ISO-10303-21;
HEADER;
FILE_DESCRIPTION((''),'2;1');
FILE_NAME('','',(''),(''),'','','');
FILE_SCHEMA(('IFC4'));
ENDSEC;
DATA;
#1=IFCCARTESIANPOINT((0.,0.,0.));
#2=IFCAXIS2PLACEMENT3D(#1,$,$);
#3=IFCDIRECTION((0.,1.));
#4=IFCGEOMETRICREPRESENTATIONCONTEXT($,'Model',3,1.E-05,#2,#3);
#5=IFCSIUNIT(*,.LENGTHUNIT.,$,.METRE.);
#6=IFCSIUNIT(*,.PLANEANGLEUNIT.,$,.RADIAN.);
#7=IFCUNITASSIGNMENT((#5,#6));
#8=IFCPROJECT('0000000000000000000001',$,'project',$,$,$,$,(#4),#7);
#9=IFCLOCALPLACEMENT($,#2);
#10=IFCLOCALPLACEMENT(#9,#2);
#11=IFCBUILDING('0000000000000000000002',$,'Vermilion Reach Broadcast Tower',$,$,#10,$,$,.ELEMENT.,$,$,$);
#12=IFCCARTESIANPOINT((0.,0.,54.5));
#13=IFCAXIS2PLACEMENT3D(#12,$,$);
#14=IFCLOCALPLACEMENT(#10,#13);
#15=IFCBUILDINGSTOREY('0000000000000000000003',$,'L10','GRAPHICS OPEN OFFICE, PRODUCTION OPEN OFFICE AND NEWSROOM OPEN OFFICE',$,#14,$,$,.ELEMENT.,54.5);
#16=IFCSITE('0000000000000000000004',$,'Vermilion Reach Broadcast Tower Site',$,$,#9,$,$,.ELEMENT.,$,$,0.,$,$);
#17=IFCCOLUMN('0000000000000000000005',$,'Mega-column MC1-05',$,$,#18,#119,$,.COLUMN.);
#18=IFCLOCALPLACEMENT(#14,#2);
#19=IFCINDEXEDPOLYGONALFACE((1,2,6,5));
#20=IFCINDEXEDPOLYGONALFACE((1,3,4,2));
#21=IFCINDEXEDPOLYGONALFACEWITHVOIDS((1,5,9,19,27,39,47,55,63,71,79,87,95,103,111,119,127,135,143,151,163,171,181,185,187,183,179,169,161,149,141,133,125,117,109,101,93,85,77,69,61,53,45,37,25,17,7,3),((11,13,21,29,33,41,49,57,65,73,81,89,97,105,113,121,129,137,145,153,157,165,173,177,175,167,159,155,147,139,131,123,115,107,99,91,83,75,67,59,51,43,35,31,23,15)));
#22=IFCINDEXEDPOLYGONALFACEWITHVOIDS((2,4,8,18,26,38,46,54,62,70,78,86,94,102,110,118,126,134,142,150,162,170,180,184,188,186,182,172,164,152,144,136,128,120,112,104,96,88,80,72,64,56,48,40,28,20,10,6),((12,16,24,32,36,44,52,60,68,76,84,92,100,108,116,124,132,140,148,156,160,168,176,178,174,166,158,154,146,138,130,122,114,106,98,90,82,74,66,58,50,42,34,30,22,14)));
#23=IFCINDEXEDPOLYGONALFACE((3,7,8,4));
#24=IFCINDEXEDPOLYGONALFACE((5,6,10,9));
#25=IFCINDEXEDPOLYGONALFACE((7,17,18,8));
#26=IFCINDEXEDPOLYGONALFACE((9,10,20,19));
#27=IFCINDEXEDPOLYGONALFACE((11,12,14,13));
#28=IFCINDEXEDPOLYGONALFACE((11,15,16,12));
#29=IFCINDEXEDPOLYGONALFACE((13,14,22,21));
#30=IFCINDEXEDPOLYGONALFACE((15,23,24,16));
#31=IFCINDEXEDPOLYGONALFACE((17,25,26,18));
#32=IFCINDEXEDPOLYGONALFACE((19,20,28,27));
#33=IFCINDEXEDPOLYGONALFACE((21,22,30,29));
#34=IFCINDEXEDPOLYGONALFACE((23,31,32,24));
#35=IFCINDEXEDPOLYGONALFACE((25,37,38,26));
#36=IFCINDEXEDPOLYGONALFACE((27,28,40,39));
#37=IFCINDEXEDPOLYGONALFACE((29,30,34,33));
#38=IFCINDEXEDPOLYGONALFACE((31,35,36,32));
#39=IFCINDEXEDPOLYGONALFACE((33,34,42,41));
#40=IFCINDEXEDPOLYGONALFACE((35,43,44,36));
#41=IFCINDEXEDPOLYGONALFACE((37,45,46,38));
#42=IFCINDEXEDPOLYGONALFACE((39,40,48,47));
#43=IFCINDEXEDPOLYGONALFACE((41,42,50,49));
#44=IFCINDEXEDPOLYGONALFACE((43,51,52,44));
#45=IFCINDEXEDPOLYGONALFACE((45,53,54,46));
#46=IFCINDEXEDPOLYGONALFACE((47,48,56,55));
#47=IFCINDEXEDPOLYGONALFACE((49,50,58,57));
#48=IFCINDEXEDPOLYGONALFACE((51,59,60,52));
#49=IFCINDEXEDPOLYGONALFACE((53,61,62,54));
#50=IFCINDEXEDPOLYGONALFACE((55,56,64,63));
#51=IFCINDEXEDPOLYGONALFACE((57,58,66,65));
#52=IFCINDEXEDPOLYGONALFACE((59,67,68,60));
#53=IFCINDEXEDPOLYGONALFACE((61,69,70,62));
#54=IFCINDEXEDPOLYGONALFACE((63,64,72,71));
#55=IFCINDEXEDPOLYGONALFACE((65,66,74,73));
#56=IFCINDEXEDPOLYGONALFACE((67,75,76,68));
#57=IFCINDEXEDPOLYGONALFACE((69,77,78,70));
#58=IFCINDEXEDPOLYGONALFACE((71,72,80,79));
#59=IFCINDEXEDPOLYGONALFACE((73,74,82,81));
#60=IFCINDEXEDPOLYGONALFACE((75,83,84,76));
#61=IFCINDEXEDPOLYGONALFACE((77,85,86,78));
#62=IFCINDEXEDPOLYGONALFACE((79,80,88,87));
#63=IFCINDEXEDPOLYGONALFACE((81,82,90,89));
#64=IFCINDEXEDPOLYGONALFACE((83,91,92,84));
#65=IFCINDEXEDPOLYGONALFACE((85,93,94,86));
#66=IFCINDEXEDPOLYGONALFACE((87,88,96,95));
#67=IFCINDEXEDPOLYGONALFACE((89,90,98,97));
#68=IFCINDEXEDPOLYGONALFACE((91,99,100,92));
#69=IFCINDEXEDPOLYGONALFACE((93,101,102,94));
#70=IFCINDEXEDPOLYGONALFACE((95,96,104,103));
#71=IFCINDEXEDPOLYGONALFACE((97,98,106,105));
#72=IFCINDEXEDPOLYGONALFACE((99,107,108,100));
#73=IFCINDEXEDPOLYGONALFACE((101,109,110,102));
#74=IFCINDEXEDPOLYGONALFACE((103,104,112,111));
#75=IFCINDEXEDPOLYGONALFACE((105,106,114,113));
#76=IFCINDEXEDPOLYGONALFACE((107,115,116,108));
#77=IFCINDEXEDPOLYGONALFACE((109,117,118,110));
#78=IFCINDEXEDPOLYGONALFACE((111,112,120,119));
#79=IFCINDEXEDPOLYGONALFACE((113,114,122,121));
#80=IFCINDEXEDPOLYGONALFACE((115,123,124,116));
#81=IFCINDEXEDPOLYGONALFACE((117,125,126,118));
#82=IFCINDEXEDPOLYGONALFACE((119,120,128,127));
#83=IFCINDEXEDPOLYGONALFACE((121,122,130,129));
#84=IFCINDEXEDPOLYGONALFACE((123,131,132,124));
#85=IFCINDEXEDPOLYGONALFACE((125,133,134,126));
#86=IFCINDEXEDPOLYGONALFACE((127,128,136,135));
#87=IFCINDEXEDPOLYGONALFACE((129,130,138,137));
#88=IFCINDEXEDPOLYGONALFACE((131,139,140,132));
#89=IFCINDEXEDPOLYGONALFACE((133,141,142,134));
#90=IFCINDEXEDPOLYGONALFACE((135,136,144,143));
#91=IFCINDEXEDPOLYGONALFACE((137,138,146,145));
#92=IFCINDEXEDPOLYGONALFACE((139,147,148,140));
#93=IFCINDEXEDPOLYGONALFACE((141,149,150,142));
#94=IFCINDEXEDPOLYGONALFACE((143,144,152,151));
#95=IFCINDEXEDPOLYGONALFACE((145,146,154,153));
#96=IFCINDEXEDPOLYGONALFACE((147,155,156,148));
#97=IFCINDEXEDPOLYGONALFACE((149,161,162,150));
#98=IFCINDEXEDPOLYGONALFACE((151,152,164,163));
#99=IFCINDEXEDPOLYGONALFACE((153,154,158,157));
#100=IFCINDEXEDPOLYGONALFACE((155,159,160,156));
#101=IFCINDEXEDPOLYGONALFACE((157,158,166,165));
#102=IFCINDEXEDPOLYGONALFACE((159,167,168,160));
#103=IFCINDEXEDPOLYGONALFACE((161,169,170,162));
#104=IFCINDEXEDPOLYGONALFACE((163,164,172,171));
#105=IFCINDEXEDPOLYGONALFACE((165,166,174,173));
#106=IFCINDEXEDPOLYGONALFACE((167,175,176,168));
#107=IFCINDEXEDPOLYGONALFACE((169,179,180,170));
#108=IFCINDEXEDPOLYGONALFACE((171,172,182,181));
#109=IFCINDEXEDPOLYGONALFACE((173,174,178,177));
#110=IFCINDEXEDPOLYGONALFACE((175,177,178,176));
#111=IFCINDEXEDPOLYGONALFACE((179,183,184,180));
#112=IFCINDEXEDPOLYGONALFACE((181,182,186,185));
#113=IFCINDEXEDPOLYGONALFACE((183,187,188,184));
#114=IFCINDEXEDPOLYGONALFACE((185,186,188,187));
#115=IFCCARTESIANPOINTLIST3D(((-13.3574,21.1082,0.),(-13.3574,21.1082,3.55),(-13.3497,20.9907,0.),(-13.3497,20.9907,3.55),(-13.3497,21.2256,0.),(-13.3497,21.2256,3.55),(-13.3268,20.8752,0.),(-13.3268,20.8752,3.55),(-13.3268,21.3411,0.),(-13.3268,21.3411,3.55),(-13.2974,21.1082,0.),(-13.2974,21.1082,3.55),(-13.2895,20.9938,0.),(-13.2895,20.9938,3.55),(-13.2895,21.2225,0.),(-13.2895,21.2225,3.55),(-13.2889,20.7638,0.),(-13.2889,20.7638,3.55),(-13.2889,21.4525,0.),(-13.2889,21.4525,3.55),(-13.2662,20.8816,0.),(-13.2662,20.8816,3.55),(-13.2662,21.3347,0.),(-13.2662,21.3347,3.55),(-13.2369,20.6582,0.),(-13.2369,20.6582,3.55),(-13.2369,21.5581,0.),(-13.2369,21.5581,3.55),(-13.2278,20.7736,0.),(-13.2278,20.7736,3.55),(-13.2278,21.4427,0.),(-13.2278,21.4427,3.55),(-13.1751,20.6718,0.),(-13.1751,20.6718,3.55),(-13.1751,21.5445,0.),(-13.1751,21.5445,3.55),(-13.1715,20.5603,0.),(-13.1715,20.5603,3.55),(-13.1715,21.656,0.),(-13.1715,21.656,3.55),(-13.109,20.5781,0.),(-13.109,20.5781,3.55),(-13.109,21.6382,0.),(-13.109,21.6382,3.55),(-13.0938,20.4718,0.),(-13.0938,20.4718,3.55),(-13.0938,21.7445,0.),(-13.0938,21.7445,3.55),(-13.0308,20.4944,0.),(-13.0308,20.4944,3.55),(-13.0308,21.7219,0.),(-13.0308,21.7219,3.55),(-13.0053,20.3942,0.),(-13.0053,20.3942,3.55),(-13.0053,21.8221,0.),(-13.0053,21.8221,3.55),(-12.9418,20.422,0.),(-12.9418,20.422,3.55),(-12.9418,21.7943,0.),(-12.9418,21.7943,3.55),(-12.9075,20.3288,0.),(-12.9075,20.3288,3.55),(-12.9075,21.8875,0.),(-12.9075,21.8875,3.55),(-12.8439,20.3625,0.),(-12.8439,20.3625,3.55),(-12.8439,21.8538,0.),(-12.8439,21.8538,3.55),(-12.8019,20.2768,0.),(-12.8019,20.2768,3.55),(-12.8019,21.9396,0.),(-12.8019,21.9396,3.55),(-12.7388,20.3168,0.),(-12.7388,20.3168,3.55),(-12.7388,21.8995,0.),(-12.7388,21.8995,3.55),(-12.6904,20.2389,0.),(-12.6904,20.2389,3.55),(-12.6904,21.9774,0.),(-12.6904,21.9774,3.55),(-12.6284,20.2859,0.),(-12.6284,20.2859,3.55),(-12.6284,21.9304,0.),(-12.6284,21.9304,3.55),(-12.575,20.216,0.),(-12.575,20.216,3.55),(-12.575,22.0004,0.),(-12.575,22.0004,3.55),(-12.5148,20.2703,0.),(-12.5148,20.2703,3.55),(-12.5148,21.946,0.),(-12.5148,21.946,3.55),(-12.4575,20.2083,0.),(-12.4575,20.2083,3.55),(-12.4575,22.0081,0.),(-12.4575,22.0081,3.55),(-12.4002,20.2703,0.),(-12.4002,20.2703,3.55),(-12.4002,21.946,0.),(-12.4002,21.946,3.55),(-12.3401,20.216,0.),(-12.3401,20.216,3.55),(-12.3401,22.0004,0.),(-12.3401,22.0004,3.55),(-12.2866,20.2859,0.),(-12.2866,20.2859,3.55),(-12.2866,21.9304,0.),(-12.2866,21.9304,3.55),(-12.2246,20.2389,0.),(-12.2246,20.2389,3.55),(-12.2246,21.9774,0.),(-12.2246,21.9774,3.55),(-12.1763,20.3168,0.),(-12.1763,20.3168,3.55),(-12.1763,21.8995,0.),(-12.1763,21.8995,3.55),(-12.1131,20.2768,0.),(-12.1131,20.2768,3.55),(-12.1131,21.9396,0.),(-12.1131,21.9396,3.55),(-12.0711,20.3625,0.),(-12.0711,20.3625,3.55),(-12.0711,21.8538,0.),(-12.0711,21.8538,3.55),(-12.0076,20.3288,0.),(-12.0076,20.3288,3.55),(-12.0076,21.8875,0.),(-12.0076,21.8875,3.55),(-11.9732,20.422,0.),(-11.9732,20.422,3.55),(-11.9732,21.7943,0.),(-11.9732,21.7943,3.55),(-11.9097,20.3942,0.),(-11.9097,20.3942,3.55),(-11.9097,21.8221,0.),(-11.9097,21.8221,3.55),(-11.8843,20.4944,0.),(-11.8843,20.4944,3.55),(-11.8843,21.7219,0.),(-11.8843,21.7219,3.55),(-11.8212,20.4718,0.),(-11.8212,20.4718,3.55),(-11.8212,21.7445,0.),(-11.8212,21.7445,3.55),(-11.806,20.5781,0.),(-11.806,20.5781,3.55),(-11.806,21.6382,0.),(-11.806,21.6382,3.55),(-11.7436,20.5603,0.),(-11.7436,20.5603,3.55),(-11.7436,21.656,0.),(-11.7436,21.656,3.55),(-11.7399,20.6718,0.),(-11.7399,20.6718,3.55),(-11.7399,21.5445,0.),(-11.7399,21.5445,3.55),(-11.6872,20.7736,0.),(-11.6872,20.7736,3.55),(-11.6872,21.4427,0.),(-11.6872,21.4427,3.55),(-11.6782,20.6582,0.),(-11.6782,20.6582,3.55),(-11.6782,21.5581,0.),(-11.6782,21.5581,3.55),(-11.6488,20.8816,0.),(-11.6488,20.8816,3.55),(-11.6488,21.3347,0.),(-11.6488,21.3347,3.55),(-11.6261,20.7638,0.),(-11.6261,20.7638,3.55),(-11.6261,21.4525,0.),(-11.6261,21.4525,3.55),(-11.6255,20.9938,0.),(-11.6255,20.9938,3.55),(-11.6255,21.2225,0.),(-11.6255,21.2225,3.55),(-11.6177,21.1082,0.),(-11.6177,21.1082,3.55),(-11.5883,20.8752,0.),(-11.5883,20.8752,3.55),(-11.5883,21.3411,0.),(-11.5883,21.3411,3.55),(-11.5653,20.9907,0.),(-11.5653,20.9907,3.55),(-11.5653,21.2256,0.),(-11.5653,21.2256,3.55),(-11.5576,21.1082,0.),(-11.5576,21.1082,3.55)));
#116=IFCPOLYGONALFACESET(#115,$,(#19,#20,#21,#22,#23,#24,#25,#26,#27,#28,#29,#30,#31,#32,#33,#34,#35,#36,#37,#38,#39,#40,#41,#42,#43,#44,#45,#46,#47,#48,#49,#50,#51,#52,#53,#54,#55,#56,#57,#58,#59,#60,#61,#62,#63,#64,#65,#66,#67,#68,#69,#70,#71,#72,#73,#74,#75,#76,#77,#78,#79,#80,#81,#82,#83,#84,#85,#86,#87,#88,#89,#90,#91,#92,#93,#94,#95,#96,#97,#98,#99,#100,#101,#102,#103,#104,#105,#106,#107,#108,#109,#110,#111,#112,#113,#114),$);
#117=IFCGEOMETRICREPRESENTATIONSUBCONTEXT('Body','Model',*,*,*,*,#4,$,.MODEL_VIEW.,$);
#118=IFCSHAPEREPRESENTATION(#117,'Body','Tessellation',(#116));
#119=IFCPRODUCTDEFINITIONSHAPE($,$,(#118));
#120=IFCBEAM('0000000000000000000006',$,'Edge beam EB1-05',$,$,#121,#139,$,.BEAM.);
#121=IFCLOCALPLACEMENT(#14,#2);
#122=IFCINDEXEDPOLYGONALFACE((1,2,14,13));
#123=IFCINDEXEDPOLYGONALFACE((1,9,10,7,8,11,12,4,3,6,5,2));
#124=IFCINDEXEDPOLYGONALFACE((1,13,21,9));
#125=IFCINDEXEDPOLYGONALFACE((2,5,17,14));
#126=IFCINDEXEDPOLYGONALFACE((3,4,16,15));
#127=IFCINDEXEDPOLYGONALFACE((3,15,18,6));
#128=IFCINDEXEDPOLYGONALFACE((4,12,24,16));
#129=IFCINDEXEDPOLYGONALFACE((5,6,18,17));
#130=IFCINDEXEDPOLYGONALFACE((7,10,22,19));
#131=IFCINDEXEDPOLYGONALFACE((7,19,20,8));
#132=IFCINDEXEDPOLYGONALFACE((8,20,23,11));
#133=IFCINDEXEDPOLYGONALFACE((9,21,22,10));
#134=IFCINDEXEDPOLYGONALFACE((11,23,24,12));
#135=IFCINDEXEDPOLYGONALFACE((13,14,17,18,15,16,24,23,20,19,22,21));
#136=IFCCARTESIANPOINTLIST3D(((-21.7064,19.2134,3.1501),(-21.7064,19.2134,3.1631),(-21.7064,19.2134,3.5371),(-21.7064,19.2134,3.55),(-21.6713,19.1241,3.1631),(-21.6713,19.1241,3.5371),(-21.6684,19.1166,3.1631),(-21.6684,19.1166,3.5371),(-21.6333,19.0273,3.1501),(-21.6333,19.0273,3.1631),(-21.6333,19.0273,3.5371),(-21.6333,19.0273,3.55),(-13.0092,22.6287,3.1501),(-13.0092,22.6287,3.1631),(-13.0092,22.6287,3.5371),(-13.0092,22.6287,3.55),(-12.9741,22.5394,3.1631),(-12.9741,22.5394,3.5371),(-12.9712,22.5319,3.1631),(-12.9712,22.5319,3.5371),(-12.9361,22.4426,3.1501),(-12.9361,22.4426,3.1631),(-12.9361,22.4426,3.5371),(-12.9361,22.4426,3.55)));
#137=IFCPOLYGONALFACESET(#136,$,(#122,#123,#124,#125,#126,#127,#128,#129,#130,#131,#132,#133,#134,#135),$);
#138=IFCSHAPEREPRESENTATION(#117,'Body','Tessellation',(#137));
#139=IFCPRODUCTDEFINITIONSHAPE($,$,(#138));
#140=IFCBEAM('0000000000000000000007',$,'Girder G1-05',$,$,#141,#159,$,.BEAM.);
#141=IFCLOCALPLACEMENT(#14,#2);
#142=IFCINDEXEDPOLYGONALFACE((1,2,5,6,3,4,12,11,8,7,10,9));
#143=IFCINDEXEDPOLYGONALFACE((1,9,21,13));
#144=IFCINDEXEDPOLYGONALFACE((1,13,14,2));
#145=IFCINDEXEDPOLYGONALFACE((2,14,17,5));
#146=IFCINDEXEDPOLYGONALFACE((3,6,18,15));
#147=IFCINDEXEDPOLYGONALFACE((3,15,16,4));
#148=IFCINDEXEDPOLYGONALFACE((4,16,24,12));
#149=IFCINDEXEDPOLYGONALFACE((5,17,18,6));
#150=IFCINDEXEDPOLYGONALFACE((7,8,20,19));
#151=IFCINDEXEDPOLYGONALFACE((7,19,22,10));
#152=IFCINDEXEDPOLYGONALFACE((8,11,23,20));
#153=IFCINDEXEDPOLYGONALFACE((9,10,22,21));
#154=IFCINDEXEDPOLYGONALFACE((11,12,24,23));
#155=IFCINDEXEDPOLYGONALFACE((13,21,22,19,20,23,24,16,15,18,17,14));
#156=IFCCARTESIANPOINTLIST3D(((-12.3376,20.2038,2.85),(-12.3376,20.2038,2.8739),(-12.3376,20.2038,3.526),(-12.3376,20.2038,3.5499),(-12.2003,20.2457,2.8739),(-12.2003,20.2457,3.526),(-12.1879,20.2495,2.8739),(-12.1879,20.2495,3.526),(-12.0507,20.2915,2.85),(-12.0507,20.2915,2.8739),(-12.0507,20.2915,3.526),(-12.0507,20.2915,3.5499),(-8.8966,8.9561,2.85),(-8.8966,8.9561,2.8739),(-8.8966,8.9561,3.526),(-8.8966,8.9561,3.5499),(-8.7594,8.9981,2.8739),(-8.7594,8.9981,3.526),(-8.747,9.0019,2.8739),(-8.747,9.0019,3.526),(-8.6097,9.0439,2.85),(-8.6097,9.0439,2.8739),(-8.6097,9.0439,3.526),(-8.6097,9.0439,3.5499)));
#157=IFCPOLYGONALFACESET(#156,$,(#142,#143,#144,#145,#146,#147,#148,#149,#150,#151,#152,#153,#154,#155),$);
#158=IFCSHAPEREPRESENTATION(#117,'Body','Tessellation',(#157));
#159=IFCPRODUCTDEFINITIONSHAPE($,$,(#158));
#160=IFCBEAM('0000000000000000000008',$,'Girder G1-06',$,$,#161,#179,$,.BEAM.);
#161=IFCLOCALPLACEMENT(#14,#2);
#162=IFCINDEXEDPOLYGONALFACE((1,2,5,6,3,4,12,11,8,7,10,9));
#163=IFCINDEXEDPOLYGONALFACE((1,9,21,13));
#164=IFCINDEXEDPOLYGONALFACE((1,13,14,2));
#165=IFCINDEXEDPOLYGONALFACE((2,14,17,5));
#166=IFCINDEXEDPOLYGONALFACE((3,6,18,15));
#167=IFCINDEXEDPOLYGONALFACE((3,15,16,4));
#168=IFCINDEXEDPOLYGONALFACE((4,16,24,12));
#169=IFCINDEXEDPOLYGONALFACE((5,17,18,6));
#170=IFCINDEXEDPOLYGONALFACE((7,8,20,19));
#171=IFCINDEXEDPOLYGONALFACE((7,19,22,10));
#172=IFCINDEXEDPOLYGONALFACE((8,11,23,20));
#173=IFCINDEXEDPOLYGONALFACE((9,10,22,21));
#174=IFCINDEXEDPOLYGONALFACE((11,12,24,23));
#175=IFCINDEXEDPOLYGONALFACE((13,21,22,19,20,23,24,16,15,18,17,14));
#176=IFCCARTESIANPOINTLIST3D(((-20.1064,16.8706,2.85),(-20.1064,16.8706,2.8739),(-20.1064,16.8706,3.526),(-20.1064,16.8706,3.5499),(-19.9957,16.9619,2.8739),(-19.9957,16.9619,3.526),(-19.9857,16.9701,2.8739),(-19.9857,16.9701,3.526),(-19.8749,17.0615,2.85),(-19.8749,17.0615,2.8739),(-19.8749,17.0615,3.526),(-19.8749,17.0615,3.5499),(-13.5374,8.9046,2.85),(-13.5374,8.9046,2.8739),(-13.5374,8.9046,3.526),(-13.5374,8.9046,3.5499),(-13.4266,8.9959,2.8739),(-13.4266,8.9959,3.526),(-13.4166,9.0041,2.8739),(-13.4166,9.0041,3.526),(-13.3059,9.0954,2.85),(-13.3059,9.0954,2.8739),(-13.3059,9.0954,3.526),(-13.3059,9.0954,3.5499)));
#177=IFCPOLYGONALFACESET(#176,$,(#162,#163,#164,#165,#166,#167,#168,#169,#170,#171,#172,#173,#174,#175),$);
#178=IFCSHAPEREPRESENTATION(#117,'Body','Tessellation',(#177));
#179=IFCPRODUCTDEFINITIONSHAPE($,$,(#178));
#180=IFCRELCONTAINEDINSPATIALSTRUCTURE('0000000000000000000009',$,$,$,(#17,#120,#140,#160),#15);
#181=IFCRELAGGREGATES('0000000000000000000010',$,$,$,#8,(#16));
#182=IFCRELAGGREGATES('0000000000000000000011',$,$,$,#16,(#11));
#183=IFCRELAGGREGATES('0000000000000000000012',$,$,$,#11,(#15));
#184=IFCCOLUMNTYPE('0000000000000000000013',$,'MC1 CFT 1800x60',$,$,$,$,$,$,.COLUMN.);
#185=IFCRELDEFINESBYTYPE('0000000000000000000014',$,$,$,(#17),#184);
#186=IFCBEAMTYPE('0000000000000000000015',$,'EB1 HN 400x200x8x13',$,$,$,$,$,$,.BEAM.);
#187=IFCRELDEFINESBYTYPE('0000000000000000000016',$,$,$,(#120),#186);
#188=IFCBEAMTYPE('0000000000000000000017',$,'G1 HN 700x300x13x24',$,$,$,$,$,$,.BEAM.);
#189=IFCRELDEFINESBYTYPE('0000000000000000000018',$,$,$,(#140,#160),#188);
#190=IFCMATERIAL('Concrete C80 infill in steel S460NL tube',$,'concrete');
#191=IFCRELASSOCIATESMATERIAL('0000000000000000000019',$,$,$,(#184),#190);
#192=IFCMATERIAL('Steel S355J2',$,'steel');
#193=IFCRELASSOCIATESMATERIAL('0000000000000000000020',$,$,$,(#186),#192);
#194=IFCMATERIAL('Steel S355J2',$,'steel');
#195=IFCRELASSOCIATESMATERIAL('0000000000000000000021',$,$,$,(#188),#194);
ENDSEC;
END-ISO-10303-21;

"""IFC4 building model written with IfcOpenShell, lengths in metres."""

from ifc_helpers import new_model, si_unit, direction, frame, origin, origin_2d, place, context, subcontext, project, spatial, hollow_circle, i_section, extrude, material, material_profile, profile_set, type_object, element, save


model = new_model("IFC4")

# Units and contexts
model_context = context("Model", 3, precision=1e-05, world=origin(), true_north=direction((0.0, 1.0)))
body_context = subcontext(model_context, "Body", "Model", "MODEL_VIEW")
ifc_project = project(units=[si_unit("LENGTHUNIT", "METRE"), si_unit("PLANEANGLEUNIT", "RADIAN")], contexts=[model_context])

# Site, building, storey
site_placement = place(None, origin())
site = spatial("IfcSite", under=ifc_project, at=site_placement, Name="Vermilion Reach Broadcast Tower Site", CompositionType="ELEMENT", RefElevation=0.0)
building_placement = place(site_placement, origin())
building = spatial("IfcBuilding", under=site, at=building_placement, Name="Vermilion Reach Broadcast Tower", CompositionType="ELEMENT")
storey_placement = place(building_placement, frame((0.0, 0.0, 54.5)))
storey = spatial("IfcBuildingStorey", under=building, at=storey_placement, Name="L10", Description="GRAPHICS OPEN OFFICE, PRODUCTION OPEN OFFICE AND NEWSROOM OPEN OFFICE", CompositionType="ELEMENT", Elevation=54.5)

# Column
ifc_material_1 = material(Name="Concrete C80 infill in steel S460NL tube", Category="concrete")
ifc_material_profile_1 = material_profile(ifc_material_1, hollow_circle(Radius=0.8999, WallThickness=0.0601, at=origin_2d()), Name="Concrete C80 infill in steel S460NL tube CFT 1800x60")
ifc_profile_set_1 = profile_set([ifc_material_profile_1], Name="Concrete C80 infill in steel S460NL tube")
column_type = type_object("IfcColumnType", Name="MC1 CFT 1800x60", PredefinedType="COLUMN", material=ifc_profile_set_1)
column_placement = place(storey_placement, frame((-12.4575, 21.1082, 0.0), z_axis=(0.0, 0.0, 1.0), x_axis=(1.0, 0.0, 0.0)))
element("IfcColumn", 1, at=column_placement, inside=storey, type_object=column_type, Name="Mega-column MC1-05", PredefinedType="COLUMN", context=body_context, shape_type="SweptSolid", body=[
    extrude(hollow_circle(Radius=0.8999, WallThickness=0.0601, at=origin_2d()), origin(), (0.0, 0.0, 1.0), 3.55),
])

# Beams
ifc_material_2 = material(Name="Steel S355J2", Category="steel")
ifc_material_profile_2 = material_profile(ifc_material_2, i_section(OverallWidth=0.2, OverallDepth=0.3999, WebThickness=0.0081, FlangeThickness=0.0129, at=origin_2d()), Name="S355J2 HN 400x200x8x13")
ifc_profile_set_2 = profile_set([ifc_material_profile_2], Name="Steel S355J2")
beam_type_1 = type_object("IfcBeamType", Name="EB1 HN 400x200x8x13", PredefinedType="BEAM", material=ifc_profile_set_2)
beam_1_placement = place(storey_placement, frame((-12.9727, 22.5356, 3.3501), z_axis=(-0.930806, -0.365513, 0.0), x_axis=(0.365513, -0.930806, 0.0)))
element("IfcBeam", 2, at=beam_1_placement, inside=storey, type_object=beam_type_1, Name="Edge beam EB1-05", PredefinedType="BEAM", context=body_context, shape_type="SweptSolid", body=[
    extrude(i_section(OverallWidth=0.2, OverallDepth=0.3999, WebThickness=0.0081, FlangeThickness=0.0129, at=origin_2d()), origin(), (0.0, 0.0, 1.0), 9.3438),
])
ifc_material_3 = material(Name="Steel S355J2", Category="steel")
ifc_material_profile_3 = material_profile(ifc_material_3, i_section(OverallWidth=0.3, OverallDepth=0.7, WebThickness=0.0129, FlangeThickness=0.0239, at=origin_2d()), Name="S355J2 HN 700x300x13x24")
ifc_profile_set_3 = profile_set([ifc_material_profile_3], Name="Steel S355J2")
beam_type_2 = type_object("IfcBeamType", Name="G1 HN 700x300x13x24", PredefinedType="BEAM", material=ifc_profile_set_3)
beam_2_placement = place(storey_placement, frame((-8.7532, 9.0, 3.2), z_axis=(-0.292542, 0.956253, 0.0), x_axis=(-0.956253, -0.292542, 0.0)))
element("IfcBeam", 3, at=beam_2_placement, inside=storey, type_object=beam_type_2, Name="Girder G1-05", PredefinedType="BEAM", context=body_context, shape_type="SweptSolid", body=[
    extrude(i_section(OverallWidth=0.3, OverallDepth=0.7, WebThickness=0.0129, FlangeThickness=0.0239, at=origin_2d()), origin(), (0.0, 0.0, 1.0), 11.7622),
])
beam_3_placement = place(storey_placement, frame((-13.4216, 9.0, 3.2), z_axis=(-0.636215, 0.771512, 0.0), x_axis=(-0.771512, -0.636215, 0.0)))
element("IfcBeam", 4, at=beam_3_placement, inside=storey, type_object=beam_type_2, Name="Girder G1-06", PredefinedType="BEAM", context=body_context, shape_type="SweptSolid", body=[
    extrude(i_section(OverallWidth=0.3, OverallDepth=0.7, WebThickness=0.0129, FlangeThickness=0.0239, at=origin_2d()), origin(), (0.0, 0.0, 1.0), 10.3252),
])

save(model, "model.ifc")
